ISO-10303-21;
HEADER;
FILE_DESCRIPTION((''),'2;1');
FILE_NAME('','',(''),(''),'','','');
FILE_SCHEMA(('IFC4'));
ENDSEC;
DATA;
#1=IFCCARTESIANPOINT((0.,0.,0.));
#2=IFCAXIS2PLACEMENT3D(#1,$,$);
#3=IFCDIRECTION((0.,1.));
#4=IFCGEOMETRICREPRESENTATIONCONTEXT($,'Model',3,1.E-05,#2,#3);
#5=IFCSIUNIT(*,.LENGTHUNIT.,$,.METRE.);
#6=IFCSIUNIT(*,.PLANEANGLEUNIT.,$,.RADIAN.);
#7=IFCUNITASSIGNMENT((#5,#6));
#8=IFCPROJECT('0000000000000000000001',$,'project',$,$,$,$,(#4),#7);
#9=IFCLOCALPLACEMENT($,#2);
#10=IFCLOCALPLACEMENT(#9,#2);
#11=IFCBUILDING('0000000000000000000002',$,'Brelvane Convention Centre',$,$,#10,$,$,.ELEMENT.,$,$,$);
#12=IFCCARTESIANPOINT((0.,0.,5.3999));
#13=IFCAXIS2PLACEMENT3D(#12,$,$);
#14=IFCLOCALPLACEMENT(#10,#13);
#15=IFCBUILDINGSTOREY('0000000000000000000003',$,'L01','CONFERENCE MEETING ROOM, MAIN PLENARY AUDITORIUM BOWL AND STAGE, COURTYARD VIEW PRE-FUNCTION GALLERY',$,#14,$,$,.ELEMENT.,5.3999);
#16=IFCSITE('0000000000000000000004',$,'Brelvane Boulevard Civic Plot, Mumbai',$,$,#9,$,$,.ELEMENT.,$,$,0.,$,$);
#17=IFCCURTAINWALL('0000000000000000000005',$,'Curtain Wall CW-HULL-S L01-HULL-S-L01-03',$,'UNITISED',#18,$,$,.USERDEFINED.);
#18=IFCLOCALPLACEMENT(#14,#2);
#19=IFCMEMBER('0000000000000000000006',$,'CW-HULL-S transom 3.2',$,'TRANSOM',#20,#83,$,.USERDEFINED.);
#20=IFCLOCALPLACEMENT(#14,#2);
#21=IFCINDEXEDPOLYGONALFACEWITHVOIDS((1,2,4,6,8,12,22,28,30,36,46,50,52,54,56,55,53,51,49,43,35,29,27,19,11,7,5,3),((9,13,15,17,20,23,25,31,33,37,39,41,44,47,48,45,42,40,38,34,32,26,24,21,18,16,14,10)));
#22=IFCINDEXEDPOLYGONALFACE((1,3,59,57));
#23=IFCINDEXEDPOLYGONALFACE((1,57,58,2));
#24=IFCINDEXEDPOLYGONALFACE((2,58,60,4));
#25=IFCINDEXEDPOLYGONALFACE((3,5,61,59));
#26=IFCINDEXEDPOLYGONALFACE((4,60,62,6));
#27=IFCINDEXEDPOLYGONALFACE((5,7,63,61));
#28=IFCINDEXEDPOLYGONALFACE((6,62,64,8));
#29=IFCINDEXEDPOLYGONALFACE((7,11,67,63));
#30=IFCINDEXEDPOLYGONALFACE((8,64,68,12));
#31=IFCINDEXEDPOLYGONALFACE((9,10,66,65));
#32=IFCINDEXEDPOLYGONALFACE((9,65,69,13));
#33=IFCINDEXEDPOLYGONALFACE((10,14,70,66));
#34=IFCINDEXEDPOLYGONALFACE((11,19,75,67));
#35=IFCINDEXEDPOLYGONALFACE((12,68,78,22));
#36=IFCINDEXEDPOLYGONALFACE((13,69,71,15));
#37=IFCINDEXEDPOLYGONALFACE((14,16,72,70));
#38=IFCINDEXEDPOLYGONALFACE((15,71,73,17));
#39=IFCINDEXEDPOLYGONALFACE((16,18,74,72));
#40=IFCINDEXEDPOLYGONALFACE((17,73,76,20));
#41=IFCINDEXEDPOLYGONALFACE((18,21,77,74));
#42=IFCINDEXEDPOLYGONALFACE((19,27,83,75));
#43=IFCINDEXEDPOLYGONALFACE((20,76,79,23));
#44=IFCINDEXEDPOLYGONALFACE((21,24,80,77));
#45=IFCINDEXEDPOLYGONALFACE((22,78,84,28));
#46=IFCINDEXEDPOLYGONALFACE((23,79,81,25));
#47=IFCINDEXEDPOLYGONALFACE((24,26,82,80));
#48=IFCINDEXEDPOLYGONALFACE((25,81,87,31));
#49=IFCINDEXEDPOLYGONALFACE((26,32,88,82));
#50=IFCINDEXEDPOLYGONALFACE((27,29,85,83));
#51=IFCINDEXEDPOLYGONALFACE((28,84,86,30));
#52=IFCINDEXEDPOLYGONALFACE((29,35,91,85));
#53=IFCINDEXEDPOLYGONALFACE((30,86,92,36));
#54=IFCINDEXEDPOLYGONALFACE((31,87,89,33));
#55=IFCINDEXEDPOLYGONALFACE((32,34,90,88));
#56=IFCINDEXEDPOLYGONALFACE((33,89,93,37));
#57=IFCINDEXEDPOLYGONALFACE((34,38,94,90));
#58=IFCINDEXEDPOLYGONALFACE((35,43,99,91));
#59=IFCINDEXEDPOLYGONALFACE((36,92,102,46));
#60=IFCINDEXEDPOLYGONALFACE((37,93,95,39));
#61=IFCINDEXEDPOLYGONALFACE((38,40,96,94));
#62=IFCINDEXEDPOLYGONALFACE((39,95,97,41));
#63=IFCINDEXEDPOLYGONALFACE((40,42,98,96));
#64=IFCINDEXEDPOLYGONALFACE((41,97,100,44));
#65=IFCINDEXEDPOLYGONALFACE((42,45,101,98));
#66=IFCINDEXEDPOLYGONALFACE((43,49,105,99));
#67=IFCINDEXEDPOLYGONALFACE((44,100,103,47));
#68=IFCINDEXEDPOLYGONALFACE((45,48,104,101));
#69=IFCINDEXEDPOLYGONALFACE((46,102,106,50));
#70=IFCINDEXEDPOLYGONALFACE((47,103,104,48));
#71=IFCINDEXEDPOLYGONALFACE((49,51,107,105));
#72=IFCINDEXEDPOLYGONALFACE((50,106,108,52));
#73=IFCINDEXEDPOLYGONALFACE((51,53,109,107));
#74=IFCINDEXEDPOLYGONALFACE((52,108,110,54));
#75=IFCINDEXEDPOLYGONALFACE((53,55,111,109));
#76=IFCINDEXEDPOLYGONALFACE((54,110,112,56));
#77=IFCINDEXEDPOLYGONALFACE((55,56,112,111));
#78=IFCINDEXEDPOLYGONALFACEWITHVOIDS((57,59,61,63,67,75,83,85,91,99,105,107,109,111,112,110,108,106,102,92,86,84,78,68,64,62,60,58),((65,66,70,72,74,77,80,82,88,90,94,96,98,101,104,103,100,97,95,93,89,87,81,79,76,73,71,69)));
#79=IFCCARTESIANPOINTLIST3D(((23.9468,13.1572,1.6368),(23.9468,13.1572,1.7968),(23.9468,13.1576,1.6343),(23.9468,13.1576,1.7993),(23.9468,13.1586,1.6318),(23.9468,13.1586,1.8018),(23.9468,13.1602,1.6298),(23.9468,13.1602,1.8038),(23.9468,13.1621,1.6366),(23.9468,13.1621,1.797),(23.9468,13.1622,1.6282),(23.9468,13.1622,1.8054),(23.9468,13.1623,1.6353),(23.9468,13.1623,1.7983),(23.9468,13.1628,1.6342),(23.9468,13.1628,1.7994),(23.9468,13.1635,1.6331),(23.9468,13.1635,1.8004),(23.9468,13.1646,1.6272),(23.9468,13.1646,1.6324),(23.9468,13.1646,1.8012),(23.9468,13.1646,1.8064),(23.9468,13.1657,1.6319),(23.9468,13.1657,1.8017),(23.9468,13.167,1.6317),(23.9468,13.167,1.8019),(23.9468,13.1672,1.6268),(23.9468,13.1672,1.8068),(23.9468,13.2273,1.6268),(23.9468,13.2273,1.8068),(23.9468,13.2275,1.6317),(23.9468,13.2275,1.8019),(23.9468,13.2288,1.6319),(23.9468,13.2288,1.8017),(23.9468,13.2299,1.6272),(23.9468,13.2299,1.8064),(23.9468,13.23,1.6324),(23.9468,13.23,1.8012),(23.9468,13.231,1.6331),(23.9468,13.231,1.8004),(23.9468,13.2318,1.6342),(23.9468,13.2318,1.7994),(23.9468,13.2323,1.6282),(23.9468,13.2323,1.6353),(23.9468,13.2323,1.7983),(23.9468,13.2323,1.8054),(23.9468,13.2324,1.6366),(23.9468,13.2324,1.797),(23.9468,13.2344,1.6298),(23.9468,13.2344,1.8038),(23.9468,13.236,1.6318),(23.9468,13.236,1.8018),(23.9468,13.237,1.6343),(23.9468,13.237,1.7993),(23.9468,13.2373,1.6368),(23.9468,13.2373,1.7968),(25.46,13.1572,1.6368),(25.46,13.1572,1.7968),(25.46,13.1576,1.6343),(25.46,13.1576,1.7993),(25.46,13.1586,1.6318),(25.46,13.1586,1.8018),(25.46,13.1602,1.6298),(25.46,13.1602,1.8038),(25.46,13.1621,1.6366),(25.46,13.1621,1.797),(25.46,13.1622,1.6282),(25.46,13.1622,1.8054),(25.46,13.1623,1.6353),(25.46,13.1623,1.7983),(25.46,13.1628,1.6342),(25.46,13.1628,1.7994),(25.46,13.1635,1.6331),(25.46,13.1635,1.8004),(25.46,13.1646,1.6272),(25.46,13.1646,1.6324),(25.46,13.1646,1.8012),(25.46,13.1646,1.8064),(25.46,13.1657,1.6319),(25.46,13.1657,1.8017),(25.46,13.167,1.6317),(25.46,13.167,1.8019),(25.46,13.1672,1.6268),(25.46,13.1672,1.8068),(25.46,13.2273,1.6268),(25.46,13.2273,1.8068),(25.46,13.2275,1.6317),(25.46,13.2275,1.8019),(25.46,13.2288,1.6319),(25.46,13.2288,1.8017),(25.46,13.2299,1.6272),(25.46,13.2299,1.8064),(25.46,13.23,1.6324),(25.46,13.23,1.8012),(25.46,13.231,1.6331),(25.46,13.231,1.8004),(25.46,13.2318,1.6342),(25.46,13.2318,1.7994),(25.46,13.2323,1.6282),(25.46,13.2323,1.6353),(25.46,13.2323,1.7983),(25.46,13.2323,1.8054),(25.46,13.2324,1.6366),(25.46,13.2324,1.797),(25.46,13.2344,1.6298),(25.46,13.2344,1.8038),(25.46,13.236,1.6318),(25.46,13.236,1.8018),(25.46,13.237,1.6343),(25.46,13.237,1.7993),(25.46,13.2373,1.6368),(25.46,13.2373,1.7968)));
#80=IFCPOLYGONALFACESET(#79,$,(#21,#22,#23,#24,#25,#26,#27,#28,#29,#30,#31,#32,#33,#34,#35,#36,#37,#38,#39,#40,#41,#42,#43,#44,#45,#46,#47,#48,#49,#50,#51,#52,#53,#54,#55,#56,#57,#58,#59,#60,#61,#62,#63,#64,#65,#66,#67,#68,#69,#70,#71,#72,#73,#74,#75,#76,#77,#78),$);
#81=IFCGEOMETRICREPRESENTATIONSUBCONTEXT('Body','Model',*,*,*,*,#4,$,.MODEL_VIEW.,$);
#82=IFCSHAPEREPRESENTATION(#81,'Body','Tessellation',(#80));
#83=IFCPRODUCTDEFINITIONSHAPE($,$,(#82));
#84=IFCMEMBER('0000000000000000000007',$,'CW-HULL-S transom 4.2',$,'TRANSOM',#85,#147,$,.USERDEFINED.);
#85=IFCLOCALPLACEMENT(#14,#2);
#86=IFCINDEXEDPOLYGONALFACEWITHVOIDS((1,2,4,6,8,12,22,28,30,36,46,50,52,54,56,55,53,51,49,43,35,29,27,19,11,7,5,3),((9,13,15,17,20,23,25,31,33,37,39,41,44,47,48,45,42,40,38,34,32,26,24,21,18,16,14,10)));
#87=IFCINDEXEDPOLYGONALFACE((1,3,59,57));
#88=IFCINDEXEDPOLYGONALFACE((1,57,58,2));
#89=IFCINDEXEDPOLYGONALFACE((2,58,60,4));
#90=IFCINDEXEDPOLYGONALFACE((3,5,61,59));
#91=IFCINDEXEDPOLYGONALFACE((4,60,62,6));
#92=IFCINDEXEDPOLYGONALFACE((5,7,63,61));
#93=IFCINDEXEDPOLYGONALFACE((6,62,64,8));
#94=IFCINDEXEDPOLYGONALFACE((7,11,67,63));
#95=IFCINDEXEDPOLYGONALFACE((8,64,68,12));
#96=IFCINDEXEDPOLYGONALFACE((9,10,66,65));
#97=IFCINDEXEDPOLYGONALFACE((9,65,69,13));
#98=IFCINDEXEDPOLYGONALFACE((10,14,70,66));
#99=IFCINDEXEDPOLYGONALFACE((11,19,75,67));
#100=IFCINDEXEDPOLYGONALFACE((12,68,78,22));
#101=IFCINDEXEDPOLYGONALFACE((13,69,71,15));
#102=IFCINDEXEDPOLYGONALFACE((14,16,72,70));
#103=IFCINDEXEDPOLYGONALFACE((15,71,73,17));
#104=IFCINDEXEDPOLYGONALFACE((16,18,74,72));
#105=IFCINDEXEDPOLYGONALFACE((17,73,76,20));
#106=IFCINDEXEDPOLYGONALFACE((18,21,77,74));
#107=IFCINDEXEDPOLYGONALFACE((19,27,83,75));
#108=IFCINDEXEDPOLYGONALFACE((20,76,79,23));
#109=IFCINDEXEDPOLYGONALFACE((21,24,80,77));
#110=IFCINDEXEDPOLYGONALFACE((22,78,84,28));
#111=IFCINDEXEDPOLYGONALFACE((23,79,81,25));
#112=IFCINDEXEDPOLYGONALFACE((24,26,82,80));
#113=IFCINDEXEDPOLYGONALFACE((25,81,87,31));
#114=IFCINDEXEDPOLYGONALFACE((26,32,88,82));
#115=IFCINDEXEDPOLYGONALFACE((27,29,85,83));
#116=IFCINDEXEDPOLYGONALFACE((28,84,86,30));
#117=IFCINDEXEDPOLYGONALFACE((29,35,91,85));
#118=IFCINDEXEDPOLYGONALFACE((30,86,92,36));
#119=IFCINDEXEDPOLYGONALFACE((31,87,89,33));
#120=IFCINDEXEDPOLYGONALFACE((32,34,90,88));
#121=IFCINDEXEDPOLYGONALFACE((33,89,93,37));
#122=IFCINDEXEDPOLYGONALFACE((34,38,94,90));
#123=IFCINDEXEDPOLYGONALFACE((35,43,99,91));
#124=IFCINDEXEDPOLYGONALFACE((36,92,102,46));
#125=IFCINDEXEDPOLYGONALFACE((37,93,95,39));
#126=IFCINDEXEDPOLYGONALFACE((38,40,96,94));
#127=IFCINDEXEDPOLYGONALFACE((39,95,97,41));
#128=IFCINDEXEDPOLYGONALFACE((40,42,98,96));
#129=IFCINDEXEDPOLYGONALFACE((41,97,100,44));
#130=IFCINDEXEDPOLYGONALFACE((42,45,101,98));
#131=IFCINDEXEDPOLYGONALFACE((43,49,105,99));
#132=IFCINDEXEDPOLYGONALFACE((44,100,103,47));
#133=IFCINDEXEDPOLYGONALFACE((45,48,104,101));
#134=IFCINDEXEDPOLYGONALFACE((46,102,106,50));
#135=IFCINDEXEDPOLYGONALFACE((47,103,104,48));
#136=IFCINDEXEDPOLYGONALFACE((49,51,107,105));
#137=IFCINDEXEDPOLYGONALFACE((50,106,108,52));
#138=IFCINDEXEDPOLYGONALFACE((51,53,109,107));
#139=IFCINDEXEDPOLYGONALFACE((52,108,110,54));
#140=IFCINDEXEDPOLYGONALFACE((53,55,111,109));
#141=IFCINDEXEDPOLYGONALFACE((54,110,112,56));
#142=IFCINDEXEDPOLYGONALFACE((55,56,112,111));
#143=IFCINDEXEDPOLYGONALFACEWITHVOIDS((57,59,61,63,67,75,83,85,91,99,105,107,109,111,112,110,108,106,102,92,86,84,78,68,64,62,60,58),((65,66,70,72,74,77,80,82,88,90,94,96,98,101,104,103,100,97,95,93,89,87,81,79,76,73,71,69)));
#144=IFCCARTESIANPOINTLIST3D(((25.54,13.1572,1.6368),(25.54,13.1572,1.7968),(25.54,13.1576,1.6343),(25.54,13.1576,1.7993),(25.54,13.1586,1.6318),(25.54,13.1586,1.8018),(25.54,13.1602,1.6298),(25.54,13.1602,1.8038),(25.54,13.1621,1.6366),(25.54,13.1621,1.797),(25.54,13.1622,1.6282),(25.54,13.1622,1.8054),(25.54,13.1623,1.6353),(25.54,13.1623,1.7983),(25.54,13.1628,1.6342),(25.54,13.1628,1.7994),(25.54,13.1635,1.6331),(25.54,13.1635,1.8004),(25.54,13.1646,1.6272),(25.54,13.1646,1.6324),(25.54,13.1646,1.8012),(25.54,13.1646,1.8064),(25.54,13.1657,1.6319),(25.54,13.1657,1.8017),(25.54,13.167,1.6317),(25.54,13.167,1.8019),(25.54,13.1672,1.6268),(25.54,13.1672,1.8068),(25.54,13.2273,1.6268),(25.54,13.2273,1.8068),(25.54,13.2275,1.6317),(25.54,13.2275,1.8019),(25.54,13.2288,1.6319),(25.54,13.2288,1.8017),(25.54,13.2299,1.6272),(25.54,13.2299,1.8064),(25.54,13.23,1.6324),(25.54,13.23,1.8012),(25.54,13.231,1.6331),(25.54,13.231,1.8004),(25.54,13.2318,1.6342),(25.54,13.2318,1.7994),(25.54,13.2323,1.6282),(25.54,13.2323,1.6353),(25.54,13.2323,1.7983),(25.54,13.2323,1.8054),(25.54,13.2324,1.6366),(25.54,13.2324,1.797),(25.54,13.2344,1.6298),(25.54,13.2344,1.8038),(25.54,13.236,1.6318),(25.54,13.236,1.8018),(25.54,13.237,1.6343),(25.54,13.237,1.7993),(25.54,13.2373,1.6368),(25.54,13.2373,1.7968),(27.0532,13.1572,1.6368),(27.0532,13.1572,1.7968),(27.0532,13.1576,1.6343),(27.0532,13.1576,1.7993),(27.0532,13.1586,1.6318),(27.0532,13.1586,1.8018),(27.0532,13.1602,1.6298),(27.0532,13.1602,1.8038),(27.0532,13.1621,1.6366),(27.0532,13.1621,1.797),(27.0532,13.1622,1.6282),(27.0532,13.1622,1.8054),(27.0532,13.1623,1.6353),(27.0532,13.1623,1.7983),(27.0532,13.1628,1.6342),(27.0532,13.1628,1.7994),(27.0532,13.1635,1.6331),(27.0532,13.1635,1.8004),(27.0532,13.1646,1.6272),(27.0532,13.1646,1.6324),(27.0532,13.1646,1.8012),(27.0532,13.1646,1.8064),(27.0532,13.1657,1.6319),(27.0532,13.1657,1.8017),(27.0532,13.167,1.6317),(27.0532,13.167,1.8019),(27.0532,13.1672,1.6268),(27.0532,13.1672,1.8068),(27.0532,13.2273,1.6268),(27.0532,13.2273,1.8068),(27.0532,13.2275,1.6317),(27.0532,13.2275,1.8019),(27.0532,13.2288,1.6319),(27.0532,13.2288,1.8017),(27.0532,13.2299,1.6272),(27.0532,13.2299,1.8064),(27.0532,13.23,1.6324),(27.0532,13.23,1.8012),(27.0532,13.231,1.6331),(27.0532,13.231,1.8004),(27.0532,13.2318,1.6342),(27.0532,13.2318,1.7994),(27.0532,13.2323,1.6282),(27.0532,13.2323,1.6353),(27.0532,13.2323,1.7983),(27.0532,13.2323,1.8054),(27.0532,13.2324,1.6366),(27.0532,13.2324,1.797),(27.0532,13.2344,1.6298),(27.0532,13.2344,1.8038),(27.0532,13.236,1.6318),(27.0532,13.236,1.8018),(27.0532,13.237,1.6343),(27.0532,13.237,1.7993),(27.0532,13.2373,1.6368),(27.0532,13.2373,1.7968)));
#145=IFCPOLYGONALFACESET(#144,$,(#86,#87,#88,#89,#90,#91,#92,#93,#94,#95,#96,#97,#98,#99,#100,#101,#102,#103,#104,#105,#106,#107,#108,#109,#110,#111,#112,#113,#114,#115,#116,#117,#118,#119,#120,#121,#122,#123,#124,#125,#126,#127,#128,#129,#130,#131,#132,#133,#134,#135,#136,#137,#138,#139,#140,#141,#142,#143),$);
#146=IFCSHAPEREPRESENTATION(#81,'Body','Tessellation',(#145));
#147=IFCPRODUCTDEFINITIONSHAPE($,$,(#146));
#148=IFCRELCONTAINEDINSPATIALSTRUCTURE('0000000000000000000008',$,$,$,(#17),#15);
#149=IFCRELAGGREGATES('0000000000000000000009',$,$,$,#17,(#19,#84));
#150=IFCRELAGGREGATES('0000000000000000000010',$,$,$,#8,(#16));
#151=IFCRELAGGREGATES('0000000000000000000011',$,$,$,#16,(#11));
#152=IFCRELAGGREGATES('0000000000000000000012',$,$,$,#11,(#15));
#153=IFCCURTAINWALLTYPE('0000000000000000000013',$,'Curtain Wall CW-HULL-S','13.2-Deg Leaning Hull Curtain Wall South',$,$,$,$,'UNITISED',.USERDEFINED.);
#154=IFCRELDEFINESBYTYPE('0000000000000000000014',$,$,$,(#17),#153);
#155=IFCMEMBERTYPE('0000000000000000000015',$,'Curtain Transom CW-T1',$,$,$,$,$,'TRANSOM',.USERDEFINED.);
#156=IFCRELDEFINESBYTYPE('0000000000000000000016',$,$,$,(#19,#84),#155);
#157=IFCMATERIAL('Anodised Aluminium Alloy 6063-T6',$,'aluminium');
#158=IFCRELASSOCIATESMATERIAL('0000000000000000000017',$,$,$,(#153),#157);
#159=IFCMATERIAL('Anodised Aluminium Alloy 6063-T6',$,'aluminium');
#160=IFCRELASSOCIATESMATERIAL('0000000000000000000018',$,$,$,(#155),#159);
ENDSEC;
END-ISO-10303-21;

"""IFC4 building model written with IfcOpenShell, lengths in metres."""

from ifc_helpers import new_model, si_unit, direction, frame, origin, origin_2d, place, context, subcontext, project, spatial, hollow_rectangle, extrude, material, material_profile, profile_set, type_object, element, aggregate, save


model = new_model("IFC4")

# Units and contexts
model_context = context("Model", 3, precision=1e-05, world=origin(), true_north=direction((0.0, 1.0)))
body_context = subcontext(model_context, "Body", "Model", "MODEL_VIEW")
ifc_project = project(units=[si_unit("LENGTHUNIT", "METRE"), si_unit("PLANEANGLEUNIT", "RADIAN")], contexts=[model_context])

# Site, building, storey
site_placement = place(None, origin())
site = spatial("IfcSite", under=ifc_project, at=site_placement, Name="Brelvane Boulevard Civic Plot, Mumbai", CompositionType="ELEMENT", RefElevation=0.0)
building_placement = place(site_placement, origin())
building = spatial("IfcBuilding", under=site, at=building_placement, Name="Brelvane Convention Centre", CompositionType="ELEMENT")
storey_placement = place(building_placement, frame((0.0, 0.0, 5.3999)))
storey = spatial("IfcBuildingStorey", under=building, at=storey_placement, Name="L01", Description="CONFERENCE MEETING ROOM, MAIN PLENARY AUDITORIUM BOWL AND STAGE, COURTYARD VIEW PRE-FUNCTION GALLERY", CompositionType="ELEMENT", Elevation=5.3999)

# Curtain wall, members
ifc_material_1 = material(Name="Anodised Aluminium Alloy 6063-T6", Category="aluminium")
curtain_wall_type = type_object("IfcCurtainWallType", Name="Curtain Wall CW-HULL-S", Description="13.2-Deg Leaning Hull Curtain Wall South", ElementType="UNITISED", PredefinedType="USERDEFINED", material=ifc_material_1)
curtain_wall_1_placement = place(storey_placement, origin())
curtain_wall_1 = element("IfcCurtainWall", 1, at=curtain_wall_1_placement, inside=storey, type_object=curtain_wall_type, Name="Curtain Wall CW-HULL-S L01-HULL-S-L01-03", ObjectType="UNITISED", PredefinedType="USERDEFINED")
ifc_material_2 = material(Name="Anodised Aluminium Alloy 6063-T6", Category="aluminium")
ifc_material_profile = material_profile(ifc_material_2, hollow_rectangle(XDim=0.0801, YDim=0.1799, WallThickness=0.0049, InnerFilletRadius=0.0049, OuterFilletRadius=0.01, at=origin_2d()), Name="ALU-T 180x80x5.0")
ifc_profile_set = profile_set([ifc_material_profile], Name="Anodised Aluminium Alloy 6063-T6")
member_type = type_object("IfcMemberType", Name="Curtain Transom CW-T1", ElementType="TRANSOM", PredefinedType="USERDEFINED", material=ifc_profile_set)
member_1_placement = place(storey_placement, frame((23.9468, 13.1973, 1.7168), z_axis=(1.0, 0.0, 0.0), x_axis=(0.0, 1.0, 0.0)))
member_1 = element("IfcMember", 2, at=member_1_placement, type_object=member_type, Name="CW-HULL-S transom 3.2", ObjectType="TRANSOM", PredefinedType="USERDEFINED", context=body_context, shape_type="SweptSolid", body=[
    extrude(hollow_rectangle(XDim=0.0801, YDim=0.1799, WallThickness=0.0049, InnerFilletRadius=0.0049, OuterFilletRadius=0.01, at=origin_2d()), origin(), (0.0, 0.0, 1.0), 1.5132),
])
member_2_placement = place(storey_placement, frame((25.54, 13.1973, 1.7168), z_axis=(1.0, 0.0, 0.0), x_axis=(0.0, 1.0, 0.0)))
member_2 = element("IfcMember", 3, at=member_2_placement, type_object=member_type, Name="CW-HULL-S transom 4.2", ObjectType="TRANSOM", PredefinedType="USERDEFINED", context=body_context, shape_type="SweptSolid", body=[
    extrude(hollow_rectangle(XDim=0.0801, YDim=0.1799, WallThickness=0.0049, InnerFilletRadius=0.0049, OuterFilletRadius=0.01, at=origin_2d()), origin(), (0.0, 0.0, 1.0), 1.5132),
])

aggregate(curtain_wall_1, [member_1, member_2])

save(model, "model.ifc")
